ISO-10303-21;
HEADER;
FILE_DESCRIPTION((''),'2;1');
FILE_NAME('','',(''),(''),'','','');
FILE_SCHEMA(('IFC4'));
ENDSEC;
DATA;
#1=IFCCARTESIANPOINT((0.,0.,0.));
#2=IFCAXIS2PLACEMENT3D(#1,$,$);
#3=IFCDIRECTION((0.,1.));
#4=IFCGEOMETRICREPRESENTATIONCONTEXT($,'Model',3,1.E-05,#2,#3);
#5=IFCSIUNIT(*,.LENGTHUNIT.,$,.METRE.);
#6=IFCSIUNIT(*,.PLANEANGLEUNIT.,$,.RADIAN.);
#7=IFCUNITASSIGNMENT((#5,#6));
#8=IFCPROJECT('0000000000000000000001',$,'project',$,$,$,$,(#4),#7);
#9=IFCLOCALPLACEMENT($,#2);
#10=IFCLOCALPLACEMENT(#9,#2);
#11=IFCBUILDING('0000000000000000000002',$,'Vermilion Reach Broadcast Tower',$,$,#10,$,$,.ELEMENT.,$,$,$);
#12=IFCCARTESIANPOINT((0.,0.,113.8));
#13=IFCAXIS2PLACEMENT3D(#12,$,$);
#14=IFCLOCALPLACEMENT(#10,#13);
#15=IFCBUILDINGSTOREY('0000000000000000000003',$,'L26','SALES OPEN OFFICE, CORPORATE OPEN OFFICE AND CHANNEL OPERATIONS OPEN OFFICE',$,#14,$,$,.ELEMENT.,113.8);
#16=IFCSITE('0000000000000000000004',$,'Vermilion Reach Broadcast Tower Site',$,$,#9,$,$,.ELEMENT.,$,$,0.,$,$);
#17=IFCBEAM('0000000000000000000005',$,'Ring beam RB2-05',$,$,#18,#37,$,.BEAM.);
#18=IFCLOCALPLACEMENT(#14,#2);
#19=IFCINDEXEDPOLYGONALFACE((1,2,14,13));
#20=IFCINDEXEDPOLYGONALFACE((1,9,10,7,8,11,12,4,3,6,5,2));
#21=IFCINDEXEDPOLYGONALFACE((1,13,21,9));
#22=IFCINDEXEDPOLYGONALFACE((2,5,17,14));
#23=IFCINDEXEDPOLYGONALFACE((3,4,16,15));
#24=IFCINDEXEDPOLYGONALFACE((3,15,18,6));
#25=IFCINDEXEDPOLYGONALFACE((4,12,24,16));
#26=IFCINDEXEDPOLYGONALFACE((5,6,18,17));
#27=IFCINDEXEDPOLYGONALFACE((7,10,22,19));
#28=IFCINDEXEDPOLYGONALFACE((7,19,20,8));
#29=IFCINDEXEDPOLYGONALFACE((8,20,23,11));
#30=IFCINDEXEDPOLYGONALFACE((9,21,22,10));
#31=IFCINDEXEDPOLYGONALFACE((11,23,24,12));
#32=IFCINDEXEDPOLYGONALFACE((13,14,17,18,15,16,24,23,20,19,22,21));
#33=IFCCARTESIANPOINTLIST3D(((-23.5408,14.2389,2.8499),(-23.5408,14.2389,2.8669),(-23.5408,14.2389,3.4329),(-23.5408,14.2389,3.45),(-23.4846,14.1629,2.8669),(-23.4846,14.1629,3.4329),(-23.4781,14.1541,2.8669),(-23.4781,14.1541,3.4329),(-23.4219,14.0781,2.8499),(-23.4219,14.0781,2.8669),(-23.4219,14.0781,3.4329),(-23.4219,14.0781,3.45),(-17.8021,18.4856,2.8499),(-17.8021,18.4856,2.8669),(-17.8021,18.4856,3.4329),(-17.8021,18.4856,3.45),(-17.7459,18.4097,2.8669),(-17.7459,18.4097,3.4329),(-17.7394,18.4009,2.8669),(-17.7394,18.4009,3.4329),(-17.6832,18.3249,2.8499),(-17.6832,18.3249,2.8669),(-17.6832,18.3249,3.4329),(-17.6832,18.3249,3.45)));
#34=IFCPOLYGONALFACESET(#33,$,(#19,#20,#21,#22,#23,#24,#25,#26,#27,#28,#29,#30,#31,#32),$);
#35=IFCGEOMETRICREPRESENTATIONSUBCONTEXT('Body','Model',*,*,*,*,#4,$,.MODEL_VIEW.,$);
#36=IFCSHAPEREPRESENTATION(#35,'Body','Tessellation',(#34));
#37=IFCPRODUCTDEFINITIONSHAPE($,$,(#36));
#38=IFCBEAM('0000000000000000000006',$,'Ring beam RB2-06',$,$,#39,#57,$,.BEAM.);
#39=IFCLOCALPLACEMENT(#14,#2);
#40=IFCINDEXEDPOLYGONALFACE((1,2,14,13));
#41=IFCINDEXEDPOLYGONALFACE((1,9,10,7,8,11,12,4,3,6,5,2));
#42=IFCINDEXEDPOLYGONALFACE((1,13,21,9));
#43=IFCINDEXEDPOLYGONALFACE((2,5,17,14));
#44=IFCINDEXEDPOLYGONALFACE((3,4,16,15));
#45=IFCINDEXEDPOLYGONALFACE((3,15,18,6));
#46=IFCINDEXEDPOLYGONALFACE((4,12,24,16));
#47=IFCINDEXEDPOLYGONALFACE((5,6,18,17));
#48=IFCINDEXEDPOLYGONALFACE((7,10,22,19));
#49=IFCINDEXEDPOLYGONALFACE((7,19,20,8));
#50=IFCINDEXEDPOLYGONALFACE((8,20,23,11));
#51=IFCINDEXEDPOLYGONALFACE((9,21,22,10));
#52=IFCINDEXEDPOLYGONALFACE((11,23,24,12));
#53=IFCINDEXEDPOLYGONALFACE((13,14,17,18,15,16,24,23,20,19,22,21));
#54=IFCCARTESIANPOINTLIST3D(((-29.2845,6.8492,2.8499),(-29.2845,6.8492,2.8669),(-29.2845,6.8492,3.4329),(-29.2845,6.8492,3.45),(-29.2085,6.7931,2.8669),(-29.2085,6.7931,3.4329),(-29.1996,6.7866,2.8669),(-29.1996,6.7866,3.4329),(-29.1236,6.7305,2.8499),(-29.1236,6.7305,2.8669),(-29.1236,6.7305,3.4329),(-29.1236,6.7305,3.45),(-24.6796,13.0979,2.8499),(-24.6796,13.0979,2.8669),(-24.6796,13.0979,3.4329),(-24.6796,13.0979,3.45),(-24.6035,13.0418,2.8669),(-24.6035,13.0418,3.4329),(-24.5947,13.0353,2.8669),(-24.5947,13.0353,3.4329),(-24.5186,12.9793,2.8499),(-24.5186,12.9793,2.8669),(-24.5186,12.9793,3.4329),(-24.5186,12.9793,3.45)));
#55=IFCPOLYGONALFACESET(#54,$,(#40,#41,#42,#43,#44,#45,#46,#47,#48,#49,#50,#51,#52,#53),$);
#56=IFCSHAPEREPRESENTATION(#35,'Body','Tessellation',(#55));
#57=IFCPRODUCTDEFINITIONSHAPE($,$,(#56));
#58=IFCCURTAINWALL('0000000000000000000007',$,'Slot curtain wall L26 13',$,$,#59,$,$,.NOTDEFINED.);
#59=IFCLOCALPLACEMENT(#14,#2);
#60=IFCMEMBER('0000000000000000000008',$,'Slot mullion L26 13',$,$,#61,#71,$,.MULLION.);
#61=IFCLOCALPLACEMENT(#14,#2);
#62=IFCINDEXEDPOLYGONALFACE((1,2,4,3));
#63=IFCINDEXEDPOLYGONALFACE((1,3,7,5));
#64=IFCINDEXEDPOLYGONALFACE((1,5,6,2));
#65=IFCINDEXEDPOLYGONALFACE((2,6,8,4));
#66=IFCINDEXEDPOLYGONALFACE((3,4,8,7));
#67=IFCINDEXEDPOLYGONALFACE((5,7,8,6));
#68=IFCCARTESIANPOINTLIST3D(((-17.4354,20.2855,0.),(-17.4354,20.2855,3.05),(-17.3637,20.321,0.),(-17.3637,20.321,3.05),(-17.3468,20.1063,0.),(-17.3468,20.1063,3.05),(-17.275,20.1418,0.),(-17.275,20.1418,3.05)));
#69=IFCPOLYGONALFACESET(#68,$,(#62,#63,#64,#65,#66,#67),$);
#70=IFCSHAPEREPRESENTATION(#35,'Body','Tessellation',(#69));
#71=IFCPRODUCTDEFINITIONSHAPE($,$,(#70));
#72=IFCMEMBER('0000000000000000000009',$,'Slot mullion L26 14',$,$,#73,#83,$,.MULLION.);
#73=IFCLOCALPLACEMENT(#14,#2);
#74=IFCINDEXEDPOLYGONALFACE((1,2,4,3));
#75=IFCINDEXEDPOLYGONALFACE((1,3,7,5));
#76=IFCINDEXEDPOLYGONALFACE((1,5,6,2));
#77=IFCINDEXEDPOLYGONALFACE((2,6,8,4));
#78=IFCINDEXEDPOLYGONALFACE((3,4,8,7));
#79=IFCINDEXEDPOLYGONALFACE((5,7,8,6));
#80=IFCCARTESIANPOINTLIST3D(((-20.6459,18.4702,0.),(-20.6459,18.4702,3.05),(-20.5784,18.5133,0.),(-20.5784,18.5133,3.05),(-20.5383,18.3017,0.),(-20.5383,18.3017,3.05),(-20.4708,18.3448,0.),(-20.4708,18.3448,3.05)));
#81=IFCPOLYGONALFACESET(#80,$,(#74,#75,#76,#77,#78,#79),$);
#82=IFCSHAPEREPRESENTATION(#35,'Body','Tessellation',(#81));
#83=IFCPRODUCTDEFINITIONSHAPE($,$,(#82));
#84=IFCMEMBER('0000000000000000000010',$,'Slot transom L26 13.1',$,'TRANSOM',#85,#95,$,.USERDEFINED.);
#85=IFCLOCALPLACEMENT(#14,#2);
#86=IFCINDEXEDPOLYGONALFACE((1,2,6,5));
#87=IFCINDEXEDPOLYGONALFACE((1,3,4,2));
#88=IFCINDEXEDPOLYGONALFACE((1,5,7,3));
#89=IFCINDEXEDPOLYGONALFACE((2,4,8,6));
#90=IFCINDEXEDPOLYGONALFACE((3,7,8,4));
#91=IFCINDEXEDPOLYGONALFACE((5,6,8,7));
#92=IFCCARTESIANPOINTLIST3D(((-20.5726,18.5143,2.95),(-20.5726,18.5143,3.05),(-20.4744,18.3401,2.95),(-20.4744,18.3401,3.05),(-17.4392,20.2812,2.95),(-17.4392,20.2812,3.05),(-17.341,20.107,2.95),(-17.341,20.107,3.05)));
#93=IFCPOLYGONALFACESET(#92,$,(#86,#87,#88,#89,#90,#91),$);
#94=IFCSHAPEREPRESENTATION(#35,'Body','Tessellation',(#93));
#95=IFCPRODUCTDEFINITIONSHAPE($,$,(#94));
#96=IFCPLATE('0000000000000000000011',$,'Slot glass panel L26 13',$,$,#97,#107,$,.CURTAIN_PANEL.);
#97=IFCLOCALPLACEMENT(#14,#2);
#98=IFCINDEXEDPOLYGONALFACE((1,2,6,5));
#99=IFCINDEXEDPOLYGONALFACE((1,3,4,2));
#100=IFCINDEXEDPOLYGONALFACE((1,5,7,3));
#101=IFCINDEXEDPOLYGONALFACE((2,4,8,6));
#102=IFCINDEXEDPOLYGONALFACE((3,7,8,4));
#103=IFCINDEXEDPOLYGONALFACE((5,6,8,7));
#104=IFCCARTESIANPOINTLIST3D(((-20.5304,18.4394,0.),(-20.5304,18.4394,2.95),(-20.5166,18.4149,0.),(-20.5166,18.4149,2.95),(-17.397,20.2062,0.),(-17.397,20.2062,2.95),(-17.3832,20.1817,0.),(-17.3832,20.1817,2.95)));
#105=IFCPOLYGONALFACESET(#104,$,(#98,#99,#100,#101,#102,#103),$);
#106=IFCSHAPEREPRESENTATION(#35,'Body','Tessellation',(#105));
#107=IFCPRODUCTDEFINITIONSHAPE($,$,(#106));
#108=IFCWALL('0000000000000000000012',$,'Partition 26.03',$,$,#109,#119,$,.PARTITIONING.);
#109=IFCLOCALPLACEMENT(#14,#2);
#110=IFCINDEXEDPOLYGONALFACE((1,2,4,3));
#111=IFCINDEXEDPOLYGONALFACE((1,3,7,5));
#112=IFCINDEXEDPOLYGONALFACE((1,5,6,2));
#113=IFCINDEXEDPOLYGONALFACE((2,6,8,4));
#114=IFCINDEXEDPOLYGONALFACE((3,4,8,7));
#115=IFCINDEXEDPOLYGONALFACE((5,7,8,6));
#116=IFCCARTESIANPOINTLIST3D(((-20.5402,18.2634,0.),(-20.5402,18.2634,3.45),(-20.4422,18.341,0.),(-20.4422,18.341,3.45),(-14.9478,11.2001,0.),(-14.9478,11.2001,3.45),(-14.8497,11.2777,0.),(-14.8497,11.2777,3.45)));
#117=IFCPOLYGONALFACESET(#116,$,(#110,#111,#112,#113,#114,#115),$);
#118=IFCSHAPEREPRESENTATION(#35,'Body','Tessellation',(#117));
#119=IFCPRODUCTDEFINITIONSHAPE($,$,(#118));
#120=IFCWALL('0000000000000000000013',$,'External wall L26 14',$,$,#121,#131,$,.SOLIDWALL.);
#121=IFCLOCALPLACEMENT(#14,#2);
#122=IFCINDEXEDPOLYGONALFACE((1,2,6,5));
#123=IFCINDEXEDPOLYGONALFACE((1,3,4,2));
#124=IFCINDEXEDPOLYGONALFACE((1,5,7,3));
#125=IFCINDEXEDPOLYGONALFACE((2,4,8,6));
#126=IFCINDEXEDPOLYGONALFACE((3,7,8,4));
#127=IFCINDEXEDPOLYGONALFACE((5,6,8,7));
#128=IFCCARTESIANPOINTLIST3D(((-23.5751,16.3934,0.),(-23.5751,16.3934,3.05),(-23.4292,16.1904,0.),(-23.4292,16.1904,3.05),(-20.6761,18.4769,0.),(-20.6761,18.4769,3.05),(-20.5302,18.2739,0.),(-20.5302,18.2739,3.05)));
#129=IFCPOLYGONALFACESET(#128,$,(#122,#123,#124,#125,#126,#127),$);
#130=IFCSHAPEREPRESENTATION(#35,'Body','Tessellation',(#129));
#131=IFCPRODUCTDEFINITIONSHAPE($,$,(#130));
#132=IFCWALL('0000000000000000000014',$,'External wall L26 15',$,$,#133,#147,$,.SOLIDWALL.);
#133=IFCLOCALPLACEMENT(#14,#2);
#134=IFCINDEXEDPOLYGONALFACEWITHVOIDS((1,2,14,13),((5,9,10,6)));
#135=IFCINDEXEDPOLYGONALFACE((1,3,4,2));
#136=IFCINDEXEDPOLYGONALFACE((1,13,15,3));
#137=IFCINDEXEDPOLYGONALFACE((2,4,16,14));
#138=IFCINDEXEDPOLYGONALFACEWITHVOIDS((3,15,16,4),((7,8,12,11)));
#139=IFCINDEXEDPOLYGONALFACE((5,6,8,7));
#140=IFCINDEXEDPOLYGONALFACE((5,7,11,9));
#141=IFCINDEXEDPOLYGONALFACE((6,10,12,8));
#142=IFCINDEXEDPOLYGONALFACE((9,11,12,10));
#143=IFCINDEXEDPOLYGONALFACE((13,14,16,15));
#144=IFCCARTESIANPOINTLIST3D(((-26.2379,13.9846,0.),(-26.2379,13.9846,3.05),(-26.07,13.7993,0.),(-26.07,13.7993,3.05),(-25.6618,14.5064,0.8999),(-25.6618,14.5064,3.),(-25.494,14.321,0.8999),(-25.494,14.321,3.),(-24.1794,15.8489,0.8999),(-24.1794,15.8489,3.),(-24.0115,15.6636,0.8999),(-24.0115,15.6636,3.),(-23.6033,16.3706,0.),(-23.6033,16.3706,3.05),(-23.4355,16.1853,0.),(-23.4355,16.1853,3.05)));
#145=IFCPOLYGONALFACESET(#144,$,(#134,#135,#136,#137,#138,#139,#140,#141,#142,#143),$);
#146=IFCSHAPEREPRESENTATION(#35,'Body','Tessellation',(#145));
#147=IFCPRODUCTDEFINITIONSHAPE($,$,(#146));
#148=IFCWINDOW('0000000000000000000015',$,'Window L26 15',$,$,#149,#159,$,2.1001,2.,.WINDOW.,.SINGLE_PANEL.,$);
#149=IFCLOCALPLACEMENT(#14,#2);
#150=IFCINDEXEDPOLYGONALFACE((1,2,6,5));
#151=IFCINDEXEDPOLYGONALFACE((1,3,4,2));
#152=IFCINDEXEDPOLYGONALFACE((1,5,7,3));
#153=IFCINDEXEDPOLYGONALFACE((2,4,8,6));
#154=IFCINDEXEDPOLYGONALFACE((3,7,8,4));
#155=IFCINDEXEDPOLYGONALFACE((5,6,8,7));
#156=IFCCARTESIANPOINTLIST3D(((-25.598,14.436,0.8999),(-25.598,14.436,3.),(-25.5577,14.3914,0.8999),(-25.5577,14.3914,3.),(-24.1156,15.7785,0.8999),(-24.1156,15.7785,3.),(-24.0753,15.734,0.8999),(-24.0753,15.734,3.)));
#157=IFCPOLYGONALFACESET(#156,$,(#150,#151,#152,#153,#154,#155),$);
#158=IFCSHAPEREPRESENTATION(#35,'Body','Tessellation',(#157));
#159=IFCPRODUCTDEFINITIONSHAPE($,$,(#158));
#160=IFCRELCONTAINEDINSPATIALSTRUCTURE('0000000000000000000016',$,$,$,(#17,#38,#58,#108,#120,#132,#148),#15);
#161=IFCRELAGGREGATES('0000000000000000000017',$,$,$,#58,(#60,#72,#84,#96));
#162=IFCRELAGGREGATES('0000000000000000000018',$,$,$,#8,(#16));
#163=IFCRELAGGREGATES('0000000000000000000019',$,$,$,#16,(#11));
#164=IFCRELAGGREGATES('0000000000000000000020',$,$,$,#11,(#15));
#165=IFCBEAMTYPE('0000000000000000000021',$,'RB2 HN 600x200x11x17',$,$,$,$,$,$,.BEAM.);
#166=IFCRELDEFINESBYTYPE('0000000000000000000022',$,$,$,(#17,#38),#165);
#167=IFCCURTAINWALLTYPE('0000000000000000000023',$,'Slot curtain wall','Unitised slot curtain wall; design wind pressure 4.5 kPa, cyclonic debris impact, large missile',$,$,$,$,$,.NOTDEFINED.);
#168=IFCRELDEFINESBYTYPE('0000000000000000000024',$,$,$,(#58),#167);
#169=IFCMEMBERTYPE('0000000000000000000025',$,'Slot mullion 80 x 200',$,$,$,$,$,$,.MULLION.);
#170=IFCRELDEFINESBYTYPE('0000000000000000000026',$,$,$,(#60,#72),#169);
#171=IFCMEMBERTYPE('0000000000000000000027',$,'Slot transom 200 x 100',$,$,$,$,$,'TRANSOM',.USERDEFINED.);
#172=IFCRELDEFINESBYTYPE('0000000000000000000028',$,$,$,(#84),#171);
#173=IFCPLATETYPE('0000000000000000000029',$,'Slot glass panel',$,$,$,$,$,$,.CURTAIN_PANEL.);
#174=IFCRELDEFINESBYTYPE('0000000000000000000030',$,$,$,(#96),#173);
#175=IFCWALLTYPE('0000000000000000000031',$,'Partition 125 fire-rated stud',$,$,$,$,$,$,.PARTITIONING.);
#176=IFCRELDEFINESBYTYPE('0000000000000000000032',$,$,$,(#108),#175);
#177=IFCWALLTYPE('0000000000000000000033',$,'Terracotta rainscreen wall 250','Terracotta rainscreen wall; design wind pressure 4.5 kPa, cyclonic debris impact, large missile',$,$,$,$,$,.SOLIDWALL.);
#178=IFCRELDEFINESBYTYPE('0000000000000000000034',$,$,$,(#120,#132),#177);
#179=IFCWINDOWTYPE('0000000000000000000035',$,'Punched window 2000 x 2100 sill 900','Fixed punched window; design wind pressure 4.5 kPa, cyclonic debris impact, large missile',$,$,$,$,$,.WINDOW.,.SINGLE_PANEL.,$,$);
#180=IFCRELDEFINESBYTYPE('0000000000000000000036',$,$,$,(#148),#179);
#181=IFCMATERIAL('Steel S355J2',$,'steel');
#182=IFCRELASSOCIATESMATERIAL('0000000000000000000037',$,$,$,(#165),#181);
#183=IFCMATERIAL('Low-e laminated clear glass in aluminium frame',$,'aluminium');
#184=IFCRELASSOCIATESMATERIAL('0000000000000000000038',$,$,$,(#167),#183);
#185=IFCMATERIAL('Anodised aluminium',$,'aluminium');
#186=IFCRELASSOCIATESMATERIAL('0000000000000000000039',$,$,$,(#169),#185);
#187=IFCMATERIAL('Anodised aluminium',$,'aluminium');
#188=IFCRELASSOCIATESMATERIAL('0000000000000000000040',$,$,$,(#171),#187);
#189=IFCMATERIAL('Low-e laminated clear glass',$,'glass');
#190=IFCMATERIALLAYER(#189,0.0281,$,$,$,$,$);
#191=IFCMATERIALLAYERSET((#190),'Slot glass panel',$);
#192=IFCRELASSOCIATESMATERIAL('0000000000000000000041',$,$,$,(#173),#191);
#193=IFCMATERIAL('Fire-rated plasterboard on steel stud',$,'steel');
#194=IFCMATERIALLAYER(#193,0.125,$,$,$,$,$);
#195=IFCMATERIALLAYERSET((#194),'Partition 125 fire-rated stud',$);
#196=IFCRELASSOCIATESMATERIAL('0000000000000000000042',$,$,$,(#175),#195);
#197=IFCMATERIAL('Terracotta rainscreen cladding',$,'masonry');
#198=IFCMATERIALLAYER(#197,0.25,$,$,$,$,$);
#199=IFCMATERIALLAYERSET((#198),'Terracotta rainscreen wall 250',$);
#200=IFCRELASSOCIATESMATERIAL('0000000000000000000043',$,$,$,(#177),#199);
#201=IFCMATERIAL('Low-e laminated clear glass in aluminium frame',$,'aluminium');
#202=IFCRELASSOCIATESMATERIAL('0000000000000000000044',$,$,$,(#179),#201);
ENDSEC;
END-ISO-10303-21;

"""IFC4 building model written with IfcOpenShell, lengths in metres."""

from ifc_helpers import new_model, si_unit, direction, frame, frame_2d, origin, origin_2d, place, context, subcontext, project, spatial, rectangle, i_section, extrude, material, layer, layer_set, material_profile, profile_set, type_object, element, fill, aggregate, save


model = new_model("IFC4")

# Units and contexts
model_context = context("Model", 3, precision=1e-05, world=origin(), true_north=direction((0.0, 1.0)))
body_context = subcontext(model_context, "Body", "Model", "MODEL_VIEW")
ifc_project = project(units=[si_unit("LENGTHUNIT", "METRE"), si_unit("PLANEANGLEUNIT", "RADIAN")], contexts=[model_context])

# Site, building, storey
site_placement = place(None, origin())
site = spatial("IfcSite", under=ifc_project, at=site_placement, Name="Vermilion Reach Broadcast Tower Site", CompositionType="ELEMENT", RefElevation=0.0)
building_placement = place(site_placement, origin())
building = spatial("IfcBuilding", under=site, at=building_placement, Name="Vermilion Reach Broadcast Tower", CompositionType="ELEMENT")
storey_placement = place(building_placement, frame((0.0, 0.0, 113.8)))
storey = spatial("IfcBuildingStorey", under=building, at=storey_placement, Name="L26", Description="SALES OPEN OFFICE, CORPORATE OPEN OFFICE AND CHANNEL OPERATIONS OPEN OFFICE", CompositionType="ELEMENT", Elevation=113.8)

# Beams
ifc_material_1 = material(Name="Steel S355J2", Category="steel")
ifc_material_profile_1 = material_profile(ifc_material_1, i_section(OverallWidth=0.2, OverallDepth=0.6001, WebThickness=0.011, FlangeThickness=0.0171, at=origin_2d()), Name="S355J2 HN 600x200x11x17")
ifc_profile_set_1 = profile_set([ifc_material_profile_1], Name="Steel S355J2")
beam_type_1 = type_object("IfcBeamType", Name="RB2 HN 600x200x11x17", PredefinedType="BEAM", material=ifc_profile_set_1)
beam_1_placement = place(storey_placement, frame((-17.7427, 18.4053, 3.1499), z_axis=(-0.803833, -0.594855, 0.0), x_axis=(0.594855, -0.803833, 0.0)))
element("IfcBeam", 1, at=beam_1_placement, inside=storey, type_object=beam_type_1, Name="Ring beam RB2-05", PredefinedType="BEAM", context=body_context, shape_type="SweptSolid", body=[
    extrude(i_section(OverallWidth=0.2, OverallDepth=0.6001, WebThickness=0.011, FlangeThickness=0.0171, at=origin_2d()), origin(), (0.0, 0.0, 1.0), 7.1392),
])
beam_2_placement = place(storey_placement, frame((-24.5991, 13.0386, 3.1499), z_axis=(-0.593251, -0.805018, 0.0), x_axis=(0.805018, -0.593251, 0.0)))
element("IfcBeam", 2, at=beam_2_placement, inside=storey, type_object=beam_type_1, Name="Ring beam RB2-06", PredefinedType="BEAM", context=body_context, shape_type="SweptSolid", body=[
    extrude(i_section(OverallWidth=0.2, OverallDepth=0.6001, WebThickness=0.011, FlangeThickness=0.0171, at=origin_2d()), origin(), (0.0, 0.0, 1.0), 7.7622),
])

# Curtain wall, members, plate
ifc_material_2 = material(Name="Low-e laminated clear glass in aluminium frame", Category="aluminium")
curtain_wall_type = type_object("IfcCurtainWallType", Name="Slot curtain wall", Description="Unitised slot curtain wall; design wind pressure 4.5 kPa, cyclonic debris impact, large missile", PredefinedType="NOTDEFINED", material=ifc_material_2)
curtain_wall_placement = place(storey_placement, origin())
curtain_wall = element("IfcCurtainWall", 3, at=curtain_wall_placement, inside=storey, type_object=curtain_wall_type, Name="Slot curtain wall L26 13", PredefinedType="NOTDEFINED")
ifc_material_3 = material(Name="Anodised aluminium", Category="aluminium")
ifc_material_profile_2 = material_profile(ifc_material_3, rectangle(XDim=0.2, YDim=0.0801, at=origin_2d()), Name="Slot mullion 80 x 200")
ifc_profile_set_2 = profile_set([ifc_material_profile_2], Name="Anodised aluminium")
member_type_1 = type_object("IfcMemberType", Name="Slot mullion 80 x 200", PredefinedType="MULLION", material=ifc_profile_set_2)
member_1_placement = place(storey_placement, frame((-17.3552, 20.2136, 0.0), z_axis=(0.0, 0.0, 1.0), x_axis=(0.443477, -0.896286, 0.0)))
member_1 = element("IfcMember", 4, at=member_1_placement, type_object=member_type_1, Name="Slot mullion L26 13", PredefinedType="MULLION", context=body_context, shape_type="SweptSolid", body=[
    extrude(rectangle(XDim=0.2, YDim=0.0801, at=origin_2d()), origin(), (0.0, 0.0, 1.0), 3.05),
])
member_2_placement = place(storey_placement, frame((-20.5583, 18.4075, 0.0), z_axis=(0.0, 0.0, 1.0), x_axis=(0.538197, -0.842819, 0.0)))
member_2 = element("IfcMember", 5, at=member_2_placement, type_object=member_type_1, Name="Slot mullion L26 14", PredefinedType="MULLION", context=body_context, shape_type="SweptSolid", body=[
    extrude(rectangle(XDim=0.2, YDim=0.0801, at=origin_2d()), origin(), (0.0, 0.0, 1.0), 3.05),
])
ifc_material_4 = material(Name="Anodised aluminium", Category="aluminium")
ifc_material_profile_3 = material_profile(ifc_material_4, rectangle(XDim=0.2, YDim=0.1001, at=origin_2d()), Name="Slot transom 200 x 100")
ifc_profile_set_3 = profile_set([ifc_material_profile_3], Name="Anodised aluminium")
member_type_2 = type_object("IfcMemberType", Name="Slot transom 200 x 100", ElementType="TRANSOM", PredefinedType="USERDEFINED", material=ifc_profile_set_3)
member_3_placement = place(storey_placement, frame((-17.3901, 20.1941, 3.0), z_axis=(-0.871057, -0.491183, 0.0), x_axis=(0.491183, -0.871057, 0.0)))
member_3 = element("IfcMember", 6, at=member_3_placement, type_object=member_type_2, Name="Slot transom L26 13.1", ObjectType="TRANSOM", PredefinedType="USERDEFINED", context=body_context, shape_type="SweptSolid", body=[
    extrude(rectangle(XDim=0.2, YDim=0.1001, at=origin_2d()), origin(), (0.0, 0.0, 1.0), 3.5972),
])
ifc_material_5 = material(Name="Low-e laminated clear glass", Category="glass")
ifc_layer_1 = layer(ifc_material_5, 0.0281)
ifc_layer_set_1 = layer_set([ifc_layer_1], Name="Slot glass panel")
plate_type = type_object("IfcPlateType", Name="Slot glass panel", PredefinedType="CURTAIN_PANEL", material=ifc_layer_set_1)
plate_placement = place(storey_placement, frame((-18.9568, 19.3105, 0.0), z_axis=(0.0, 0.0, 1.0), x_axis=(-0.871063, -0.491171, 0.0)))
plate = element("IfcPlate", 7, at=plate_placement, type_object=plate_type, Name="Slot glass panel L26 13", PredefinedType="CURTAIN_PANEL", context=body_context, shape_type="SweptSolid", body=[
    extrude(rectangle(XDim=3.5972, YDim=0.0281, at=origin_2d()), origin(), (0.0, 0.0, 1.0), 2.95),
])
aggregate(curtain_wall, [member_1, member_2, member_3, plate])

# Walls
ifc_material_6 = material(Name="Fire-rated plasterboard on steel stud", Category="steel")
ifc_layer_2 = layer(ifc_material_6, 0.125)
ifc_layer_set_2 = layer_set([ifc_layer_2], Name="Partition 125 fire-rated stud")
wall_type_1 = type_object("IfcWallType", Name="Partition 125 fire-rated stud", PredefinedType="PARTITIONING", material=ifc_layer_set_2)
wall_1_placement = place(storey_placement, frame((-20.4912, 18.3022, 0.0), z_axis=(0.0, 0.0, 1.0), x_axis=(0.620745, -0.784013, 0.0)))
element("IfcWall", 8, at=wall_1_placement, inside=storey, type_object=wall_type_1, Name="Partition 26.03", PredefinedType="PARTITIONING", context=body_context, shape_type="SweptSolid", body=[
    extrude(rectangle(XDim=9.0093, YDim=0.125, at=frame_2d((4.5046, 0.0))), origin(), (0.0, 0.0, 1.0), 3.45),
])
ifc_material_7 = material(Name="Terracotta rainscreen cladding", Category="masonry")
ifc_layer_3 = layer(ifc_material_7, 0.25)
ifc_layer_set_3 = layer_set([ifc_layer_3], Name="Terracotta rainscreen wall 250")
wall_type_2 = type_object("IfcWallType", Name="Terracotta rainscreen wall 250", Description="Terracotta rainscreen wall; design wind pressure 4.5 kPa, cyclonic debris impact, large missile", PredefinedType="SOLIDWALL", material=ifc_layer_set_3)
wall_2_placement = place(storey_placement, frame((-20.603, 18.3755, 0.0), z_axis=(0.0, 0.0, 1.0), x_axis=(-0.81203, -0.583616, 0.0)))
element("IfcWall", 9, at=wall_2_placement, inside=storey, type_object=wall_type_2, Name="External wall L26 14", PredefinedType="SOLIDWALL", context=body_context, shape_type="SweptSolid", body=[
    extrude(rectangle(XDim=3.5701, YDim=0.25, at=frame_2d((1.7852, 0.0))), origin(), (0.0, 0.0, 1.0), 3.05),
])

# Wall, opening, window
wall_3_placement = place(storey_placement, frame((-23.5193, 16.2781, 0.0), z_axis=(0.0, 0.0, 1.0), x_axis=(-0.741204, -0.67128, 0.0)))
wall_3 = element("IfcWall", 10, at=wall_3_placement, inside=storey, type_object=wall_type_2, Name="External wall L26 15", PredefinedType="SOLIDWALL", context=body_context, shape_type="SweptSolid", body=[
    extrude(rectangle(XDim=3.5544, YDim=0.25, at=frame_2d((1.7773, 0.0))), origin(), (0.0, 0.0, 1.0), 3.05),
])
opening_1_placement = place(wall_3_placement, frame((0.7773, 0.0, 0.8999)))
opening_1 = element("IfcOpeningElement", 11, at=opening_1_placement, cuts=wall_3, PredefinedType="OPENING", context=body_context, shape_type="SweptSolid", body=[
    extrude(rectangle(XDim=2.0, YDim=2.1001, at=frame_2d((1.0, 1.05))), frame((0.0, 0.135, 0.0), z_axis=(0.0, -1.0, 0.0), x_axis=(1.0, 0.0, 0.0)), (0.0, 0.0, 1.0), 0.27),
])
ifc_material_8 = material(Name="Low-e laminated clear glass in aluminium frame", Category="aluminium")
window_type = type_object("IfcWindowType", Name="Punched window 2000 x 2100 sill 900", Description="Fixed punched window; design wind pressure 4.5 kPa, cyclonic debris impact, large missile", PartitioningType="SINGLE_PANEL", PredefinedType="WINDOW", material=ifc_material_8)
window_placement = place(opening_1_placement, origin())
window = element("IfcWindow", 12, at=window_placement, inside=storey, type_object=window_type, Name="Window L26 15", OverallHeight=2.1001, OverallWidth=2.0, PartitioningType="SINGLE_PANEL", PredefinedType="WINDOW", context=body_context, shape_type="SweptSolid", body=[
    extrude(rectangle(XDim=2.0, YDim=2.1001, at=frame_2d((1.0, 1.05))), frame((0.0, 0.03, 0.0), z_axis=(0.0, -1.0, 0.0), x_axis=(1.0, 0.0, 0.0)), (0.0, 0.0, 1.0), 0.0601),
])
fill(opening_1, window)

save(model, "model.ifc")
